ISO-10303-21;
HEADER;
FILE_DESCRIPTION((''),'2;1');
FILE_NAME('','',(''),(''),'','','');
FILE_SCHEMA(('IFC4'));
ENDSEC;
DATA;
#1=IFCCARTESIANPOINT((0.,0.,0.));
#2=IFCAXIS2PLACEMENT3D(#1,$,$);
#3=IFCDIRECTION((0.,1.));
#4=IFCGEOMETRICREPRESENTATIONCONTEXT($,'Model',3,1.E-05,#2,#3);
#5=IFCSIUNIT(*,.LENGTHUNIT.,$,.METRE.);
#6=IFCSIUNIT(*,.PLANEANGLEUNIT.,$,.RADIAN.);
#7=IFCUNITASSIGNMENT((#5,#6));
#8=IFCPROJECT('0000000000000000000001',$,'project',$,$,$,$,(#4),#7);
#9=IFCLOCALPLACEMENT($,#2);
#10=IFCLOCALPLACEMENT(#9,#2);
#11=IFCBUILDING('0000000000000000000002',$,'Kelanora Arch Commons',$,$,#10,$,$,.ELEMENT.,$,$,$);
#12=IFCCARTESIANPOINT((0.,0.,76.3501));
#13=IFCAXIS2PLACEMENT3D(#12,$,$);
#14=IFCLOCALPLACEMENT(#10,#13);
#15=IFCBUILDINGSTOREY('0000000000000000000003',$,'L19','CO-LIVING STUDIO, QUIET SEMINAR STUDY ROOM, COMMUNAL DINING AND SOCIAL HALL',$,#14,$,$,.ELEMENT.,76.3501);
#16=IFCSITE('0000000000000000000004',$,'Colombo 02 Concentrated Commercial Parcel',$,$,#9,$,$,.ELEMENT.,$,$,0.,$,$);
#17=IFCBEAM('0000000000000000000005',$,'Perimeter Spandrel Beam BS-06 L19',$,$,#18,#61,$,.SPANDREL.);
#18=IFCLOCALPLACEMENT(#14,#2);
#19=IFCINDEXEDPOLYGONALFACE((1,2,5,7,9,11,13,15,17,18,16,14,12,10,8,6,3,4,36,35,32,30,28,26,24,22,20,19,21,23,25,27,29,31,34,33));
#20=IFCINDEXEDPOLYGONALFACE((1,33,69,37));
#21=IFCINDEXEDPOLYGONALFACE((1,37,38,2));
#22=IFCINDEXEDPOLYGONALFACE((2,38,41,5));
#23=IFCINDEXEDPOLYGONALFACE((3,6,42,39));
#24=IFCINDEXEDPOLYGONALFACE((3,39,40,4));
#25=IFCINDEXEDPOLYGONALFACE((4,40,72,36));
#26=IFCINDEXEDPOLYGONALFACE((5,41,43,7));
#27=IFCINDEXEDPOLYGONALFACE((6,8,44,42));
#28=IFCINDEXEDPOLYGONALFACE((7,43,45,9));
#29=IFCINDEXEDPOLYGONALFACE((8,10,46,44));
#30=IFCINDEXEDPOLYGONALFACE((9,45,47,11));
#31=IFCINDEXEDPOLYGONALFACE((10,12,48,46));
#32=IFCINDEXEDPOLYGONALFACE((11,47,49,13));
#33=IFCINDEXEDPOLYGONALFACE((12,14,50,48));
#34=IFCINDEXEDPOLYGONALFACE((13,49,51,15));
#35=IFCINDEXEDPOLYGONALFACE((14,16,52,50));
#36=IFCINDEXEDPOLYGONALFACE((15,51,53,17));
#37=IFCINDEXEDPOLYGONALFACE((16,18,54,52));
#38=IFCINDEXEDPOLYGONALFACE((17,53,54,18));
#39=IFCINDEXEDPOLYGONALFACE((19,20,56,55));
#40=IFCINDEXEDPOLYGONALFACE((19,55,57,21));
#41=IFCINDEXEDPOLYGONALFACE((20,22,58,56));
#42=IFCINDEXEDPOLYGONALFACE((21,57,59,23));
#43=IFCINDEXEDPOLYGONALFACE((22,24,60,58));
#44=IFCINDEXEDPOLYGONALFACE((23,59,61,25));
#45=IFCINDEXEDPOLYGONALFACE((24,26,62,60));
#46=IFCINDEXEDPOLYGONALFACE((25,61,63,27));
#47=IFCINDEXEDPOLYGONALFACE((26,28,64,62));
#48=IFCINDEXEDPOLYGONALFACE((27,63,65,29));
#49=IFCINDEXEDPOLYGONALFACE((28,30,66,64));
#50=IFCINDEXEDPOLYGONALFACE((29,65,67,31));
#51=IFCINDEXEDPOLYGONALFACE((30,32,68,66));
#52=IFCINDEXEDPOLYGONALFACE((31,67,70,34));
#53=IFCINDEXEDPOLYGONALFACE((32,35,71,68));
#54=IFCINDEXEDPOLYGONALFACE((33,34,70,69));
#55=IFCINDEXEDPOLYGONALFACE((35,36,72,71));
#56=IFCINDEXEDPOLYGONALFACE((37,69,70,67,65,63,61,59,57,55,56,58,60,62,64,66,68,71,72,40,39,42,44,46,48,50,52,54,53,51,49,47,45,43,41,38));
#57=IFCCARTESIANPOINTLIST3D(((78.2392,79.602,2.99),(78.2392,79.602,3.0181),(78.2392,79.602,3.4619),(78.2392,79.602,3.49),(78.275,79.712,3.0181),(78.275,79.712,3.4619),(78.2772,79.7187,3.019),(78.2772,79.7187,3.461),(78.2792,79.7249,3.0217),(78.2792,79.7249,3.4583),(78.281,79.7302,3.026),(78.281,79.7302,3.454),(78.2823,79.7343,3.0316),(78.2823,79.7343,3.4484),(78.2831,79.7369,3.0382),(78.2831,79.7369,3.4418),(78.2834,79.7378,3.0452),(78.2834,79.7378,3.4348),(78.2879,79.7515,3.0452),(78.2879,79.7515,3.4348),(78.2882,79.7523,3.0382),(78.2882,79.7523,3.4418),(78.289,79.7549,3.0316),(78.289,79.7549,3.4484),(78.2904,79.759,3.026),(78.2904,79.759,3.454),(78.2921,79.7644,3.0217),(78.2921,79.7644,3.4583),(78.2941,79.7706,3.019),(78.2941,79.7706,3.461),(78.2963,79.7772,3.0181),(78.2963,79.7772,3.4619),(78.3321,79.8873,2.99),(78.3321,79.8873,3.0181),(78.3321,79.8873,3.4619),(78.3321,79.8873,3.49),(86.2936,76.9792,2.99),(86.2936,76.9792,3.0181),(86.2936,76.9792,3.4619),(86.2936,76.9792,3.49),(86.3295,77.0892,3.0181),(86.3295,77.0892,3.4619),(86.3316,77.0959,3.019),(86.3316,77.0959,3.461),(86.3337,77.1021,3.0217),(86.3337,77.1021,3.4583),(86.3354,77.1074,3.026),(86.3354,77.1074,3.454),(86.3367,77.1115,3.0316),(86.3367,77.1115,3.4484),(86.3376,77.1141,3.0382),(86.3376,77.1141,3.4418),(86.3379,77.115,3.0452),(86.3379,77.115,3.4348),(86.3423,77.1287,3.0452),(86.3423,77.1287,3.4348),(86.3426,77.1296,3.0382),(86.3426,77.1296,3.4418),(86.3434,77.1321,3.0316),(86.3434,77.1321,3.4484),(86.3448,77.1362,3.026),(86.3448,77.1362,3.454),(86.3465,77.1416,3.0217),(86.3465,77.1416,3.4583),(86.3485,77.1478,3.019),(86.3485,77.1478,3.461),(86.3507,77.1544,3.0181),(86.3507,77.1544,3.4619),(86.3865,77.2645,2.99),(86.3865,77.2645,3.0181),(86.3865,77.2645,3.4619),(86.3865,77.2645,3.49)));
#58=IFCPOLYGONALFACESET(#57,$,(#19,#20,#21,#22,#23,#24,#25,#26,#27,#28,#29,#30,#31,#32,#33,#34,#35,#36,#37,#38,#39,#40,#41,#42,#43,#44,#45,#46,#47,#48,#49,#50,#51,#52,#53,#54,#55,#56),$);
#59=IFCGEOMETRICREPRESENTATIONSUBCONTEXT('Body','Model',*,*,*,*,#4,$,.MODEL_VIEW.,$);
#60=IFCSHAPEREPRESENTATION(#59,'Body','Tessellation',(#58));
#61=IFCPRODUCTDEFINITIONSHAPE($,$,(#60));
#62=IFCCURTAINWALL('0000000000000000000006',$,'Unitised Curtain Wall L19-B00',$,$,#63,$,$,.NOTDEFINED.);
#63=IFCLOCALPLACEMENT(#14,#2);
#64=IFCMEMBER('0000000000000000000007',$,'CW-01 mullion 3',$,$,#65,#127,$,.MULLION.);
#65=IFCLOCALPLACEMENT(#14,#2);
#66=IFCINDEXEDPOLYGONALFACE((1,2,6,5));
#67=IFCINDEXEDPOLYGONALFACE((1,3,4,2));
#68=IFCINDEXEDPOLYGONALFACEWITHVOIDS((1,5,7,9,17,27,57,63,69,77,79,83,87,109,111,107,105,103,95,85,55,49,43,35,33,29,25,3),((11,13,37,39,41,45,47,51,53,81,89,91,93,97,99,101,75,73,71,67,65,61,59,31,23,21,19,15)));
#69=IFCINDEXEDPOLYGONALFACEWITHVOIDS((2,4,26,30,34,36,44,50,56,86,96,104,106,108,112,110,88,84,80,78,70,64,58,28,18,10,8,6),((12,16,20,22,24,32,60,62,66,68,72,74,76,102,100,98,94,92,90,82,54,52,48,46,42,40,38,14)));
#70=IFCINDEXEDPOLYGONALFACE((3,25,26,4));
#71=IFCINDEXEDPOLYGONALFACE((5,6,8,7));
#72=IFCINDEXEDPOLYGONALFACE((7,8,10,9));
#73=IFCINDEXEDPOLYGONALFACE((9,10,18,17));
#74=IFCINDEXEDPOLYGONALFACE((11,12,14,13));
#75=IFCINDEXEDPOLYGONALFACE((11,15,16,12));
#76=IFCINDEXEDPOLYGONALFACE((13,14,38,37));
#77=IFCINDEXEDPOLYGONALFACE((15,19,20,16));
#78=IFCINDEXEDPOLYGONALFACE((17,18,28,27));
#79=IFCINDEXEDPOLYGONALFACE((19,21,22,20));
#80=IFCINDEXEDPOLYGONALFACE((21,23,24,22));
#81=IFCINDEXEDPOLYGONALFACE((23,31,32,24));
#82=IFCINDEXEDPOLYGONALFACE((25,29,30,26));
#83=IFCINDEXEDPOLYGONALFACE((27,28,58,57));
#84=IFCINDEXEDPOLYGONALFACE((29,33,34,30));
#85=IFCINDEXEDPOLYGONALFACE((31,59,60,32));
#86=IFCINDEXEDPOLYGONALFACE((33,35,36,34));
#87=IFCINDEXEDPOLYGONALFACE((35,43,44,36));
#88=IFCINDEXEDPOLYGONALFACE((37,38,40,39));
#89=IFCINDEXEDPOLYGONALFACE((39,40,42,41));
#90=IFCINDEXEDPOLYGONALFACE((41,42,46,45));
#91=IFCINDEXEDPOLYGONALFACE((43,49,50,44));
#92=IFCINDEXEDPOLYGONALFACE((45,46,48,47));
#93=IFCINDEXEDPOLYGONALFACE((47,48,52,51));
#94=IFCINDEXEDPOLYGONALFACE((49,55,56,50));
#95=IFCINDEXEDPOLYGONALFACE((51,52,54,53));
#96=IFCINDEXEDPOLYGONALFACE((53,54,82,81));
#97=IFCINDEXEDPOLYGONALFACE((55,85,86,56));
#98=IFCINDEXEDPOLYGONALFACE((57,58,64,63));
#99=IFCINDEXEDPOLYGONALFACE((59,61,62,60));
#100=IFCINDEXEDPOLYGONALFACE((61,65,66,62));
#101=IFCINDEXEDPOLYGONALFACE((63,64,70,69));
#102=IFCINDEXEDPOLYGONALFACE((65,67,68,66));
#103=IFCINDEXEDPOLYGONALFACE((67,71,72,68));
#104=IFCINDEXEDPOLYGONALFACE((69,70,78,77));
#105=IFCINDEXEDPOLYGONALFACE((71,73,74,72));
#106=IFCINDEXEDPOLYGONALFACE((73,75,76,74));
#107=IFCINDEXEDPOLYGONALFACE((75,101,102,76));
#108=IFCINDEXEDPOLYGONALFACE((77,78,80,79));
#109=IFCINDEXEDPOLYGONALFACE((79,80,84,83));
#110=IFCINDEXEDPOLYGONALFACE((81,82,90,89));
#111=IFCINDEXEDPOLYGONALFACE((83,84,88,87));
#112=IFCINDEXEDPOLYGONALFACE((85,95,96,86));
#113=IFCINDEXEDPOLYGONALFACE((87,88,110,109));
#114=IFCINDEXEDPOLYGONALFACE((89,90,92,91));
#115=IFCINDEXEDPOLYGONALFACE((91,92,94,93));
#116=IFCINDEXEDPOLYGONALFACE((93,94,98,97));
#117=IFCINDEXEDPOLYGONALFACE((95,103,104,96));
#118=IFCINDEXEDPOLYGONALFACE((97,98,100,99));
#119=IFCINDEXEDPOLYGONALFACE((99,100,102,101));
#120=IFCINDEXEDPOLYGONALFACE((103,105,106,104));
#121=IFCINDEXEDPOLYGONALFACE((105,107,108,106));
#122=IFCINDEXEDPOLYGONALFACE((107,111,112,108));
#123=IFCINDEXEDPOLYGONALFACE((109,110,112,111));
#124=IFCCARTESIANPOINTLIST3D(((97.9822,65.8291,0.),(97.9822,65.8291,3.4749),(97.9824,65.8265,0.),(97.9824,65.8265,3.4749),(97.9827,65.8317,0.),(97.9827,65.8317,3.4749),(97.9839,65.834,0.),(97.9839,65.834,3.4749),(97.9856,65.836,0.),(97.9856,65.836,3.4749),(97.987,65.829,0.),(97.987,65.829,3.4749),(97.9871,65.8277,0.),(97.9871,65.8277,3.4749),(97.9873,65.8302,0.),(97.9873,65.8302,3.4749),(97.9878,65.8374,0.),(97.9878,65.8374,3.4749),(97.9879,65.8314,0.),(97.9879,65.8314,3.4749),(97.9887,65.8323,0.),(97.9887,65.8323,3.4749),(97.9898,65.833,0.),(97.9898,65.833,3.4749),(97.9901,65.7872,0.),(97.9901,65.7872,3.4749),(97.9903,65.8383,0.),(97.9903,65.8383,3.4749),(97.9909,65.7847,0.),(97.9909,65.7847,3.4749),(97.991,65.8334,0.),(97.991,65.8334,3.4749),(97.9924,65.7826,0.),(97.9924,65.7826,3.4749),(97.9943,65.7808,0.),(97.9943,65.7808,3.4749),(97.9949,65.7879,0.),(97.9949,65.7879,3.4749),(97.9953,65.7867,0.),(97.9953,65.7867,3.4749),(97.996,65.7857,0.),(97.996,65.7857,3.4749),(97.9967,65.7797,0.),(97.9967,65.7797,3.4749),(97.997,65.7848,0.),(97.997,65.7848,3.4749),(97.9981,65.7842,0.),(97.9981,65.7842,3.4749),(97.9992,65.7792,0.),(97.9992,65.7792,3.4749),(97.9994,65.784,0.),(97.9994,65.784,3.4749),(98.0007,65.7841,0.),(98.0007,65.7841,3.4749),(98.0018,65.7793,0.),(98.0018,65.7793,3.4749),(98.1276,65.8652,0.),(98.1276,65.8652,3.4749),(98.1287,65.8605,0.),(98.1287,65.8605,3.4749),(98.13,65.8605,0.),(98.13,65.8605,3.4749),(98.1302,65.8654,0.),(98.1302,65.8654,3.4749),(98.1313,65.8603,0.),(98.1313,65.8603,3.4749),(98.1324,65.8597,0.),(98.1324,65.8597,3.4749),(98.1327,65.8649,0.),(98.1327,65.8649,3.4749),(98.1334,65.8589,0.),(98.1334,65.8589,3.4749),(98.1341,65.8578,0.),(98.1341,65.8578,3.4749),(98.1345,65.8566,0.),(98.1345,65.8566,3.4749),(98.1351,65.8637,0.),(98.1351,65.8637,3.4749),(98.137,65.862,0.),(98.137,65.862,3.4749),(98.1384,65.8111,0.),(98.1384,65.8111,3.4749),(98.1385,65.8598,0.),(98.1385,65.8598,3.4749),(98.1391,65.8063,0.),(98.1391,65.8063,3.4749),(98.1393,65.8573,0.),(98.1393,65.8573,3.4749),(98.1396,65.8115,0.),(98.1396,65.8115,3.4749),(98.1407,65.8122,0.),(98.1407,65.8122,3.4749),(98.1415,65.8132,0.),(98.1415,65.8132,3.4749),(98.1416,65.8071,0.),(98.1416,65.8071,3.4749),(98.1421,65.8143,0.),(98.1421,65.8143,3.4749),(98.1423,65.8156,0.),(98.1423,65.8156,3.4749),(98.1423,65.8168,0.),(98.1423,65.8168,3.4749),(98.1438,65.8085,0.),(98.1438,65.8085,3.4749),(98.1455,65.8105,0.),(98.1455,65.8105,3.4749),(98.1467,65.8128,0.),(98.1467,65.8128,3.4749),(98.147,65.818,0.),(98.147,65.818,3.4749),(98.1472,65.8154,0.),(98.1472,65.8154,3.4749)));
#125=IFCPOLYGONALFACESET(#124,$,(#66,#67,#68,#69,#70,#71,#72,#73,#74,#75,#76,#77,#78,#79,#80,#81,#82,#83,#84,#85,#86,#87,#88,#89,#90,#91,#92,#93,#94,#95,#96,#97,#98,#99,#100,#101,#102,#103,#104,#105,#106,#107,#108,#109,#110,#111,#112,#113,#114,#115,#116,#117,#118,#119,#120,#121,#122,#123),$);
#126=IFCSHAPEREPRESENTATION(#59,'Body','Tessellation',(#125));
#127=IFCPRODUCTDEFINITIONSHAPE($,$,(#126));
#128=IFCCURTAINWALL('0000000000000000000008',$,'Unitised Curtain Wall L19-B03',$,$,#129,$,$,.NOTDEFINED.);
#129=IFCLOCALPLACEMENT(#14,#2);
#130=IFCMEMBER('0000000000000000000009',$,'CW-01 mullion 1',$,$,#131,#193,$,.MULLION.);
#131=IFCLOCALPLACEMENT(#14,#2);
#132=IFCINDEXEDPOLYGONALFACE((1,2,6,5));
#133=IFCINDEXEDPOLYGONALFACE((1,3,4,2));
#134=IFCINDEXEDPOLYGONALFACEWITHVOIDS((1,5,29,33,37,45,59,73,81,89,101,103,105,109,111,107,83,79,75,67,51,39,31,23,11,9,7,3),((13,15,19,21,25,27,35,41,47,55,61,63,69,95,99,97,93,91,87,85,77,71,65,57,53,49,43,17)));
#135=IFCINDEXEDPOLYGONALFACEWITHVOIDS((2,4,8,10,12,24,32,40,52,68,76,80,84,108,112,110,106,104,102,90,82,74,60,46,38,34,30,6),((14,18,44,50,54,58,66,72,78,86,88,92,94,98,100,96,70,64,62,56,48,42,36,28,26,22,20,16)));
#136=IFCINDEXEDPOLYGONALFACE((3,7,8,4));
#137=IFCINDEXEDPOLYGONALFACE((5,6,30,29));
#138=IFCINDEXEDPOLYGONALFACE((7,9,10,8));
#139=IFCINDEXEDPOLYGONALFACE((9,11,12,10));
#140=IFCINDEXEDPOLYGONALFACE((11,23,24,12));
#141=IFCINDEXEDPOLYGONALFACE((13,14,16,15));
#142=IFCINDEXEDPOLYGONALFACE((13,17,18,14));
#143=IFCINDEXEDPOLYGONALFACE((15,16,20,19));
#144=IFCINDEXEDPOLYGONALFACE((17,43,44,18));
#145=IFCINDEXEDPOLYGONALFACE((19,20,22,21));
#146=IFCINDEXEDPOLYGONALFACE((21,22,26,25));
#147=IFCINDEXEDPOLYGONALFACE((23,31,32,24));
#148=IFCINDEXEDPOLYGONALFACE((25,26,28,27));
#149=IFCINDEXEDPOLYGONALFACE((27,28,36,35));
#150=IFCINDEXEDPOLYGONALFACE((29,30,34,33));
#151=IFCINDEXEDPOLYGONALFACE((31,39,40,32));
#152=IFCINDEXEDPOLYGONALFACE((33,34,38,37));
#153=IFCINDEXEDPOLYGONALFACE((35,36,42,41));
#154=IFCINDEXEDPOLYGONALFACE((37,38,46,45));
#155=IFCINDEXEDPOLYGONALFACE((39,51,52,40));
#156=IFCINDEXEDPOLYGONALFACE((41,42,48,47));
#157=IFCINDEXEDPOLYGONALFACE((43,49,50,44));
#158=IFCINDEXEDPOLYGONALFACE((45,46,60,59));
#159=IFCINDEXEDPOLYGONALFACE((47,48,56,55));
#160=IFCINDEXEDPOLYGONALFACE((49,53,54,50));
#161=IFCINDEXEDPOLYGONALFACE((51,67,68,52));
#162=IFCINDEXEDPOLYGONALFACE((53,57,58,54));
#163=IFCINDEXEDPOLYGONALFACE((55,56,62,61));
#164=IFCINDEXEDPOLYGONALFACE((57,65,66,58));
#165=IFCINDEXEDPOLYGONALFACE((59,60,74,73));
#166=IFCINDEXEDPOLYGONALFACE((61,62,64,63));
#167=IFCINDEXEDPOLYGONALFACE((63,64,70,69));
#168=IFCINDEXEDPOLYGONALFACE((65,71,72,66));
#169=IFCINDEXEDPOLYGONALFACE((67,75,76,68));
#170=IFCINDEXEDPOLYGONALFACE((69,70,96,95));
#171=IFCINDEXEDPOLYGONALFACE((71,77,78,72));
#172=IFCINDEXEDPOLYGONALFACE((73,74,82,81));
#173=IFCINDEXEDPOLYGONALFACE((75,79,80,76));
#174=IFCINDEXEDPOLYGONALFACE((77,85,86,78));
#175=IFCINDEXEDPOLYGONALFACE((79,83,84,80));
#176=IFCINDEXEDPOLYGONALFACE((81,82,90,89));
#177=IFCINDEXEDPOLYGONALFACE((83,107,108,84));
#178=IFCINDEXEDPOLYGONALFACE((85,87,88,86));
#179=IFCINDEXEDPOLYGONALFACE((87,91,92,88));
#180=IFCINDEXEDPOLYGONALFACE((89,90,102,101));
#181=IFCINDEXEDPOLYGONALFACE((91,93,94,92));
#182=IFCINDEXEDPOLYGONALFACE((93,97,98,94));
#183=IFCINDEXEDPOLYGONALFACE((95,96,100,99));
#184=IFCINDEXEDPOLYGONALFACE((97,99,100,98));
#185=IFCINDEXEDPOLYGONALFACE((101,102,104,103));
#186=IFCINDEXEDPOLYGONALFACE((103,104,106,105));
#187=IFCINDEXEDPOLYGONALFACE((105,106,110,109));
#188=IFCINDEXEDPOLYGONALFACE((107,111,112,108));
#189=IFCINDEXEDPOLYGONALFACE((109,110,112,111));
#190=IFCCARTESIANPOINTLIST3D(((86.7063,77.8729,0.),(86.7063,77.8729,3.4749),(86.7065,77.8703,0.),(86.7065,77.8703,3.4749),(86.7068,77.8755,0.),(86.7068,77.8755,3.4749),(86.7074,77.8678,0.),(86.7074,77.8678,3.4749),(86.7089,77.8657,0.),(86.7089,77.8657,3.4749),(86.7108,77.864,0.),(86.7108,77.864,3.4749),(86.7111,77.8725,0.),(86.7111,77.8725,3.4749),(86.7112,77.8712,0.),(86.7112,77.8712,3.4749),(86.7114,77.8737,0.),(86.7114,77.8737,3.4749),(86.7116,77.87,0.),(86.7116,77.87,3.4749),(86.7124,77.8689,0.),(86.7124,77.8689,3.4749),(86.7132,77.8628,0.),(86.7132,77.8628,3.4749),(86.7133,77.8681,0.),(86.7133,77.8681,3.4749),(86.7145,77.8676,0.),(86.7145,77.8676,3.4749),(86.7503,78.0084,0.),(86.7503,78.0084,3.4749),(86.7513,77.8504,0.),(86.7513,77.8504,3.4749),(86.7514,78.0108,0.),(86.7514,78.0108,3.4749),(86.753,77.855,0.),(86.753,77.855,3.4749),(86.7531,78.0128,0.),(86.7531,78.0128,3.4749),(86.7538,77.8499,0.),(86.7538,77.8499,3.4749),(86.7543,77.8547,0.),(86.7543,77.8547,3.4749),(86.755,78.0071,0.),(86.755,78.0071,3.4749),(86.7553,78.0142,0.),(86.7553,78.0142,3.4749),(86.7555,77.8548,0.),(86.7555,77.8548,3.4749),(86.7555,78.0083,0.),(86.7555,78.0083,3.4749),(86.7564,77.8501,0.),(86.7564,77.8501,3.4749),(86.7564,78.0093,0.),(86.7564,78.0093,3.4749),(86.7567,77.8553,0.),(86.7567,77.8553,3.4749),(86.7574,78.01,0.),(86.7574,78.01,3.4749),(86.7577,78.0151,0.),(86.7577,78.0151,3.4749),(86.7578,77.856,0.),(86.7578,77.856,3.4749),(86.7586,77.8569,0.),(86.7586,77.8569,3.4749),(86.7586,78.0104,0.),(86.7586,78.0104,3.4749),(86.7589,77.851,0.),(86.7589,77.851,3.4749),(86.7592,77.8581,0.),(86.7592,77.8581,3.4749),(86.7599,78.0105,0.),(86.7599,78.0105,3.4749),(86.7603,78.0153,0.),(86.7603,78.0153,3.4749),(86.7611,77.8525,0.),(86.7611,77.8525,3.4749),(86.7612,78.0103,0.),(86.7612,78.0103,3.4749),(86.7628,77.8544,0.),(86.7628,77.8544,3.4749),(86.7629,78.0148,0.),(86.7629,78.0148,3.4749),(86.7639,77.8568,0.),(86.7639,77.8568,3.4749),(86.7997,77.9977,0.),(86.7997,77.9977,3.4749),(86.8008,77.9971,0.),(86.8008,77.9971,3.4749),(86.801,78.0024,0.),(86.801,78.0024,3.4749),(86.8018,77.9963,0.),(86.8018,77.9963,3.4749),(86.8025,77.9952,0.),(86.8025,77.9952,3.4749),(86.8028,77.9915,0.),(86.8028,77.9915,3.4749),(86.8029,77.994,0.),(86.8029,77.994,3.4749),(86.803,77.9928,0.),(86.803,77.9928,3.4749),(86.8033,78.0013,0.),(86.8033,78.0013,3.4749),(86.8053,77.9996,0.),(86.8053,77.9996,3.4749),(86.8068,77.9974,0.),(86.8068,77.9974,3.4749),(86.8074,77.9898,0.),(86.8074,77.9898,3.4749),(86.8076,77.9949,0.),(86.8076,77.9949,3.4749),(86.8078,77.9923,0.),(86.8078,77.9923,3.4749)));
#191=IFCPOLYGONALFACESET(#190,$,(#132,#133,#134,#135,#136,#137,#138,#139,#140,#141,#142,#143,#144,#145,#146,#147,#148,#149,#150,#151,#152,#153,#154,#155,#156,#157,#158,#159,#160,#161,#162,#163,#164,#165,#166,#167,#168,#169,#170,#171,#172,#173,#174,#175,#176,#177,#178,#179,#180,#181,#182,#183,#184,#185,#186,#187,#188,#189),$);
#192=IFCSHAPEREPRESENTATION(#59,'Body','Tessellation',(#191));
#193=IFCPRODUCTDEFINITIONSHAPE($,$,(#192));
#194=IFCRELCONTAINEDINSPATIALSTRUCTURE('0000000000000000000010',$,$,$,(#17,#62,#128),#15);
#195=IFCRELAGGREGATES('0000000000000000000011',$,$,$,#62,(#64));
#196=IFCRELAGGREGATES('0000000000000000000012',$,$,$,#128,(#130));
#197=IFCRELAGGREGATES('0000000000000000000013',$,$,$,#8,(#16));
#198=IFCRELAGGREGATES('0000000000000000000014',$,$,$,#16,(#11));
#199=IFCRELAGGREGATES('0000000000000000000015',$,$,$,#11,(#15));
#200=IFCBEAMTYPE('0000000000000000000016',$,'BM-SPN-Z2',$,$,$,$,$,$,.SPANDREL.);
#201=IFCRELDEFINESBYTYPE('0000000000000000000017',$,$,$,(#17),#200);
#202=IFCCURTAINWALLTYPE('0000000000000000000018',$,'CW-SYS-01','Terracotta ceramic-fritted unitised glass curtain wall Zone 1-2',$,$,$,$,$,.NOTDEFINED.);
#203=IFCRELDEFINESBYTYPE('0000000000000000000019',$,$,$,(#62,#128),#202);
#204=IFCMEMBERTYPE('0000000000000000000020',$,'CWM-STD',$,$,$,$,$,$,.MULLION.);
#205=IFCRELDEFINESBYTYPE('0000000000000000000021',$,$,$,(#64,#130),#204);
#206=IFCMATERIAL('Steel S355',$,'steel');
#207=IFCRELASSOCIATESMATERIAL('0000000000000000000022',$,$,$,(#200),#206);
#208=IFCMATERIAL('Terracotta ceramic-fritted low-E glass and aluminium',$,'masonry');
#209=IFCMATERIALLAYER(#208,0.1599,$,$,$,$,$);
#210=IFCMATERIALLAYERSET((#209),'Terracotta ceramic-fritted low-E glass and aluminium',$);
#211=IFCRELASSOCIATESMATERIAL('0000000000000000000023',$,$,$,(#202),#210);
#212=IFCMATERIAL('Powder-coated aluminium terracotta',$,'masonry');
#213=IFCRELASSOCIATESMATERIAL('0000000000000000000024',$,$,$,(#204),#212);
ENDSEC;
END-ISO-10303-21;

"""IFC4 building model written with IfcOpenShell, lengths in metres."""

from ifc_helpers import new_model, si_unit, direction, frame, origin, origin_2d, place, context, subcontext, project, spatial, hollow_rectangle, i_section, extrude, material, layer, layer_set, material_profile, profile_set, type_object, element, aggregate, save


model = new_model("IFC4")

# Units and contexts
model_context = context("Model", 3, precision=1e-05, world=origin(), true_north=direction((0.0, 1.0)))
body_context = subcontext(model_context, "Body", "Model", "MODEL_VIEW")
ifc_project = project(units=[si_unit("LENGTHUNIT", "METRE"), si_unit("PLANEANGLEUNIT", "RADIAN")], contexts=[model_context])

# Site, building, storey
site_placement = place(None, origin())
site = spatial("IfcSite", under=ifc_project, at=site_placement, Name="Colombo 02 Concentrated Commercial Parcel", CompositionType="ELEMENT", RefElevation=0.0)
building_placement = place(site_placement, origin())
building = spatial("IfcBuilding", under=site, at=building_placement, Name="Kelanora Arch Commons", CompositionType="ELEMENT")
storey_placement = place(building_placement, frame((0.0, 0.0, 76.3501)))
storey = spatial("IfcBuildingStorey", under=building, at=storey_placement, Name="L19", Description="CO-LIVING STUDIO, QUIET SEMINAR STUDY ROOM, COMMUNAL DINING AND SOCIAL HALL", CompositionType="ELEMENT", Elevation=76.3501)

# Beam
ifc_material_1 = material(Name="Steel S355", Category="steel")
ifc_material_profile_1 = material_profile(ifc_material_1, i_section(OverallWidth=0.3, OverallDepth=0.5, WebThickness=0.0144, FlangeThickness=0.0281, FilletRadius=0.0271, at=origin_2d()), Name="HEB500")
ifc_profile_set_1 = profile_set([ifc_material_profile_1], Name="Steel S355")
beam_type_1 = type_object("IfcBeamType", Name="BM-SPN-Z2", PredefinedType="SPANDREL", material=ifc_profile_set_1)
beam_1_placement = place(storey_placement, frame((86.3401, 77.1218, 3.24), z_axis=(-0.950857, 0.309631, 0.0), x_axis=(-0.309631, -0.950857, 0.0)))
element("IfcBeam", 1, at=beam_1_placement, inside=storey, type_object=beam_type_1, Name="Perimeter Spandrel Beam BS-06 L19", PredefinedType="SPANDREL", context=body_context, shape_type="SweptSolid", body=[
    extrude(i_section(OverallWidth=0.3, OverallDepth=0.5, WebThickness=0.0144, FlangeThickness=0.0281, FilletRadius=0.0271, at=origin_2d()), origin(), (0.0, 0.0, 1.0), 8.4707),
])

# Curtain wall, member
ifc_material_2 = material(Name="Terracotta ceramic-fritted low-E glass and aluminium", Category="masonry")
ifc_layer_1 = layer(ifc_material_2, 0.1599)
ifc_layer_set_1 = layer_set([ifc_layer_1], Name="Terracotta ceramic-fritted low-E glass and aluminium")
curtain_wall_type = type_object("IfcCurtainWallType", Name="CW-SYS-01", Description="Terracotta ceramic-fritted unitised glass curtain wall Zone 1-2", PredefinedType="NOTDEFINED", material=ifc_layer_set_1)
curtain_wall_1_placement = place(storey_placement, origin())
curtain_wall_1 = element("IfcCurtainWall", 2, at=curtain_wall_1_placement, inside=storey, type_object=curtain_wall_type, Name="Unitised Curtain Wall L19-B00", PredefinedType="NOTDEFINED")
ifc_material_3 = material(Name="Powder-coated aluminium terracotta", Category="masonry")
ifc_material_profile_2 = material_profile(ifc_material_3, hollow_rectangle(XDim=0.1599, YDim=0.0601, WallThickness=0.0049, InnerFilletRadius=0.0049, OuterFilletRadius=0.01, at=origin_2d()), Name="CWM160x60")
ifc_profile_set_2 = profile_set([ifc_material_profile_2], Name="Powder-coated aluminium terracotta")
member_type_1 = type_object("IfcMemberType", Name="CWM-STD", PredefinedType="MULLION", material=ifc_profile_set_2)
member_1_placement = place(storey_placement, frame((98.0647, 65.8223, 0.0), z_axis=(0.0, 0.0, 1.0), x_axis=(-0.98128, -0.192585, 0.0)))
member_1 = element("IfcMember", 3, at=member_1_placement, type_object=member_type_1, Name="CW-01 mullion 3", PredefinedType="MULLION", context=body_context, shape_type="SweptSolid", body=[
    extrude(hollow_rectangle(XDim=0.1599, YDim=0.0601, WallThickness=0.0049, InnerFilletRadius=0.0049, OuterFilletRadius=0.01, at=origin_2d()), origin(), (0.0, 0.0, 1.0), 3.4749),
])
aggregate(curtain_wall_1, [member_1])

# Curtain wall, member
curtain_wall_2_placement = place(storey_placement, origin())
curtain_wall_2 = element("IfcCurtainWall", 4, at=curtain_wall_2_placement, inside=storey, type_object=curtain_wall_type, Name="Unitised Curtain Wall L19-B03", PredefinedType="NOTDEFINED")
member_2_placement = place(storey_placement, frame((86.7571, 77.9326, 0.0), z_axis=(0.0, 0.0, 1.0), x_axis=(-0.310805, -0.950474, 0.0)))
member_2 = element("IfcMember", 5, at=member_2_placement, type_object=member_type_1, Name="CW-01 mullion 1", PredefinedType="MULLION", context=body_context, shape_type="SweptSolid", body=[
    extrude(hollow_rectangle(XDim=0.1599, YDim=0.0601, WallThickness=0.0049, InnerFilletRadius=0.0049, OuterFilletRadius=0.01, at=origin_2d()), origin(), (0.0, 0.0, 1.0), 3.4749),
])
aggregate(curtain_wall_2, [member_2])

save(model, "model.ifc")
